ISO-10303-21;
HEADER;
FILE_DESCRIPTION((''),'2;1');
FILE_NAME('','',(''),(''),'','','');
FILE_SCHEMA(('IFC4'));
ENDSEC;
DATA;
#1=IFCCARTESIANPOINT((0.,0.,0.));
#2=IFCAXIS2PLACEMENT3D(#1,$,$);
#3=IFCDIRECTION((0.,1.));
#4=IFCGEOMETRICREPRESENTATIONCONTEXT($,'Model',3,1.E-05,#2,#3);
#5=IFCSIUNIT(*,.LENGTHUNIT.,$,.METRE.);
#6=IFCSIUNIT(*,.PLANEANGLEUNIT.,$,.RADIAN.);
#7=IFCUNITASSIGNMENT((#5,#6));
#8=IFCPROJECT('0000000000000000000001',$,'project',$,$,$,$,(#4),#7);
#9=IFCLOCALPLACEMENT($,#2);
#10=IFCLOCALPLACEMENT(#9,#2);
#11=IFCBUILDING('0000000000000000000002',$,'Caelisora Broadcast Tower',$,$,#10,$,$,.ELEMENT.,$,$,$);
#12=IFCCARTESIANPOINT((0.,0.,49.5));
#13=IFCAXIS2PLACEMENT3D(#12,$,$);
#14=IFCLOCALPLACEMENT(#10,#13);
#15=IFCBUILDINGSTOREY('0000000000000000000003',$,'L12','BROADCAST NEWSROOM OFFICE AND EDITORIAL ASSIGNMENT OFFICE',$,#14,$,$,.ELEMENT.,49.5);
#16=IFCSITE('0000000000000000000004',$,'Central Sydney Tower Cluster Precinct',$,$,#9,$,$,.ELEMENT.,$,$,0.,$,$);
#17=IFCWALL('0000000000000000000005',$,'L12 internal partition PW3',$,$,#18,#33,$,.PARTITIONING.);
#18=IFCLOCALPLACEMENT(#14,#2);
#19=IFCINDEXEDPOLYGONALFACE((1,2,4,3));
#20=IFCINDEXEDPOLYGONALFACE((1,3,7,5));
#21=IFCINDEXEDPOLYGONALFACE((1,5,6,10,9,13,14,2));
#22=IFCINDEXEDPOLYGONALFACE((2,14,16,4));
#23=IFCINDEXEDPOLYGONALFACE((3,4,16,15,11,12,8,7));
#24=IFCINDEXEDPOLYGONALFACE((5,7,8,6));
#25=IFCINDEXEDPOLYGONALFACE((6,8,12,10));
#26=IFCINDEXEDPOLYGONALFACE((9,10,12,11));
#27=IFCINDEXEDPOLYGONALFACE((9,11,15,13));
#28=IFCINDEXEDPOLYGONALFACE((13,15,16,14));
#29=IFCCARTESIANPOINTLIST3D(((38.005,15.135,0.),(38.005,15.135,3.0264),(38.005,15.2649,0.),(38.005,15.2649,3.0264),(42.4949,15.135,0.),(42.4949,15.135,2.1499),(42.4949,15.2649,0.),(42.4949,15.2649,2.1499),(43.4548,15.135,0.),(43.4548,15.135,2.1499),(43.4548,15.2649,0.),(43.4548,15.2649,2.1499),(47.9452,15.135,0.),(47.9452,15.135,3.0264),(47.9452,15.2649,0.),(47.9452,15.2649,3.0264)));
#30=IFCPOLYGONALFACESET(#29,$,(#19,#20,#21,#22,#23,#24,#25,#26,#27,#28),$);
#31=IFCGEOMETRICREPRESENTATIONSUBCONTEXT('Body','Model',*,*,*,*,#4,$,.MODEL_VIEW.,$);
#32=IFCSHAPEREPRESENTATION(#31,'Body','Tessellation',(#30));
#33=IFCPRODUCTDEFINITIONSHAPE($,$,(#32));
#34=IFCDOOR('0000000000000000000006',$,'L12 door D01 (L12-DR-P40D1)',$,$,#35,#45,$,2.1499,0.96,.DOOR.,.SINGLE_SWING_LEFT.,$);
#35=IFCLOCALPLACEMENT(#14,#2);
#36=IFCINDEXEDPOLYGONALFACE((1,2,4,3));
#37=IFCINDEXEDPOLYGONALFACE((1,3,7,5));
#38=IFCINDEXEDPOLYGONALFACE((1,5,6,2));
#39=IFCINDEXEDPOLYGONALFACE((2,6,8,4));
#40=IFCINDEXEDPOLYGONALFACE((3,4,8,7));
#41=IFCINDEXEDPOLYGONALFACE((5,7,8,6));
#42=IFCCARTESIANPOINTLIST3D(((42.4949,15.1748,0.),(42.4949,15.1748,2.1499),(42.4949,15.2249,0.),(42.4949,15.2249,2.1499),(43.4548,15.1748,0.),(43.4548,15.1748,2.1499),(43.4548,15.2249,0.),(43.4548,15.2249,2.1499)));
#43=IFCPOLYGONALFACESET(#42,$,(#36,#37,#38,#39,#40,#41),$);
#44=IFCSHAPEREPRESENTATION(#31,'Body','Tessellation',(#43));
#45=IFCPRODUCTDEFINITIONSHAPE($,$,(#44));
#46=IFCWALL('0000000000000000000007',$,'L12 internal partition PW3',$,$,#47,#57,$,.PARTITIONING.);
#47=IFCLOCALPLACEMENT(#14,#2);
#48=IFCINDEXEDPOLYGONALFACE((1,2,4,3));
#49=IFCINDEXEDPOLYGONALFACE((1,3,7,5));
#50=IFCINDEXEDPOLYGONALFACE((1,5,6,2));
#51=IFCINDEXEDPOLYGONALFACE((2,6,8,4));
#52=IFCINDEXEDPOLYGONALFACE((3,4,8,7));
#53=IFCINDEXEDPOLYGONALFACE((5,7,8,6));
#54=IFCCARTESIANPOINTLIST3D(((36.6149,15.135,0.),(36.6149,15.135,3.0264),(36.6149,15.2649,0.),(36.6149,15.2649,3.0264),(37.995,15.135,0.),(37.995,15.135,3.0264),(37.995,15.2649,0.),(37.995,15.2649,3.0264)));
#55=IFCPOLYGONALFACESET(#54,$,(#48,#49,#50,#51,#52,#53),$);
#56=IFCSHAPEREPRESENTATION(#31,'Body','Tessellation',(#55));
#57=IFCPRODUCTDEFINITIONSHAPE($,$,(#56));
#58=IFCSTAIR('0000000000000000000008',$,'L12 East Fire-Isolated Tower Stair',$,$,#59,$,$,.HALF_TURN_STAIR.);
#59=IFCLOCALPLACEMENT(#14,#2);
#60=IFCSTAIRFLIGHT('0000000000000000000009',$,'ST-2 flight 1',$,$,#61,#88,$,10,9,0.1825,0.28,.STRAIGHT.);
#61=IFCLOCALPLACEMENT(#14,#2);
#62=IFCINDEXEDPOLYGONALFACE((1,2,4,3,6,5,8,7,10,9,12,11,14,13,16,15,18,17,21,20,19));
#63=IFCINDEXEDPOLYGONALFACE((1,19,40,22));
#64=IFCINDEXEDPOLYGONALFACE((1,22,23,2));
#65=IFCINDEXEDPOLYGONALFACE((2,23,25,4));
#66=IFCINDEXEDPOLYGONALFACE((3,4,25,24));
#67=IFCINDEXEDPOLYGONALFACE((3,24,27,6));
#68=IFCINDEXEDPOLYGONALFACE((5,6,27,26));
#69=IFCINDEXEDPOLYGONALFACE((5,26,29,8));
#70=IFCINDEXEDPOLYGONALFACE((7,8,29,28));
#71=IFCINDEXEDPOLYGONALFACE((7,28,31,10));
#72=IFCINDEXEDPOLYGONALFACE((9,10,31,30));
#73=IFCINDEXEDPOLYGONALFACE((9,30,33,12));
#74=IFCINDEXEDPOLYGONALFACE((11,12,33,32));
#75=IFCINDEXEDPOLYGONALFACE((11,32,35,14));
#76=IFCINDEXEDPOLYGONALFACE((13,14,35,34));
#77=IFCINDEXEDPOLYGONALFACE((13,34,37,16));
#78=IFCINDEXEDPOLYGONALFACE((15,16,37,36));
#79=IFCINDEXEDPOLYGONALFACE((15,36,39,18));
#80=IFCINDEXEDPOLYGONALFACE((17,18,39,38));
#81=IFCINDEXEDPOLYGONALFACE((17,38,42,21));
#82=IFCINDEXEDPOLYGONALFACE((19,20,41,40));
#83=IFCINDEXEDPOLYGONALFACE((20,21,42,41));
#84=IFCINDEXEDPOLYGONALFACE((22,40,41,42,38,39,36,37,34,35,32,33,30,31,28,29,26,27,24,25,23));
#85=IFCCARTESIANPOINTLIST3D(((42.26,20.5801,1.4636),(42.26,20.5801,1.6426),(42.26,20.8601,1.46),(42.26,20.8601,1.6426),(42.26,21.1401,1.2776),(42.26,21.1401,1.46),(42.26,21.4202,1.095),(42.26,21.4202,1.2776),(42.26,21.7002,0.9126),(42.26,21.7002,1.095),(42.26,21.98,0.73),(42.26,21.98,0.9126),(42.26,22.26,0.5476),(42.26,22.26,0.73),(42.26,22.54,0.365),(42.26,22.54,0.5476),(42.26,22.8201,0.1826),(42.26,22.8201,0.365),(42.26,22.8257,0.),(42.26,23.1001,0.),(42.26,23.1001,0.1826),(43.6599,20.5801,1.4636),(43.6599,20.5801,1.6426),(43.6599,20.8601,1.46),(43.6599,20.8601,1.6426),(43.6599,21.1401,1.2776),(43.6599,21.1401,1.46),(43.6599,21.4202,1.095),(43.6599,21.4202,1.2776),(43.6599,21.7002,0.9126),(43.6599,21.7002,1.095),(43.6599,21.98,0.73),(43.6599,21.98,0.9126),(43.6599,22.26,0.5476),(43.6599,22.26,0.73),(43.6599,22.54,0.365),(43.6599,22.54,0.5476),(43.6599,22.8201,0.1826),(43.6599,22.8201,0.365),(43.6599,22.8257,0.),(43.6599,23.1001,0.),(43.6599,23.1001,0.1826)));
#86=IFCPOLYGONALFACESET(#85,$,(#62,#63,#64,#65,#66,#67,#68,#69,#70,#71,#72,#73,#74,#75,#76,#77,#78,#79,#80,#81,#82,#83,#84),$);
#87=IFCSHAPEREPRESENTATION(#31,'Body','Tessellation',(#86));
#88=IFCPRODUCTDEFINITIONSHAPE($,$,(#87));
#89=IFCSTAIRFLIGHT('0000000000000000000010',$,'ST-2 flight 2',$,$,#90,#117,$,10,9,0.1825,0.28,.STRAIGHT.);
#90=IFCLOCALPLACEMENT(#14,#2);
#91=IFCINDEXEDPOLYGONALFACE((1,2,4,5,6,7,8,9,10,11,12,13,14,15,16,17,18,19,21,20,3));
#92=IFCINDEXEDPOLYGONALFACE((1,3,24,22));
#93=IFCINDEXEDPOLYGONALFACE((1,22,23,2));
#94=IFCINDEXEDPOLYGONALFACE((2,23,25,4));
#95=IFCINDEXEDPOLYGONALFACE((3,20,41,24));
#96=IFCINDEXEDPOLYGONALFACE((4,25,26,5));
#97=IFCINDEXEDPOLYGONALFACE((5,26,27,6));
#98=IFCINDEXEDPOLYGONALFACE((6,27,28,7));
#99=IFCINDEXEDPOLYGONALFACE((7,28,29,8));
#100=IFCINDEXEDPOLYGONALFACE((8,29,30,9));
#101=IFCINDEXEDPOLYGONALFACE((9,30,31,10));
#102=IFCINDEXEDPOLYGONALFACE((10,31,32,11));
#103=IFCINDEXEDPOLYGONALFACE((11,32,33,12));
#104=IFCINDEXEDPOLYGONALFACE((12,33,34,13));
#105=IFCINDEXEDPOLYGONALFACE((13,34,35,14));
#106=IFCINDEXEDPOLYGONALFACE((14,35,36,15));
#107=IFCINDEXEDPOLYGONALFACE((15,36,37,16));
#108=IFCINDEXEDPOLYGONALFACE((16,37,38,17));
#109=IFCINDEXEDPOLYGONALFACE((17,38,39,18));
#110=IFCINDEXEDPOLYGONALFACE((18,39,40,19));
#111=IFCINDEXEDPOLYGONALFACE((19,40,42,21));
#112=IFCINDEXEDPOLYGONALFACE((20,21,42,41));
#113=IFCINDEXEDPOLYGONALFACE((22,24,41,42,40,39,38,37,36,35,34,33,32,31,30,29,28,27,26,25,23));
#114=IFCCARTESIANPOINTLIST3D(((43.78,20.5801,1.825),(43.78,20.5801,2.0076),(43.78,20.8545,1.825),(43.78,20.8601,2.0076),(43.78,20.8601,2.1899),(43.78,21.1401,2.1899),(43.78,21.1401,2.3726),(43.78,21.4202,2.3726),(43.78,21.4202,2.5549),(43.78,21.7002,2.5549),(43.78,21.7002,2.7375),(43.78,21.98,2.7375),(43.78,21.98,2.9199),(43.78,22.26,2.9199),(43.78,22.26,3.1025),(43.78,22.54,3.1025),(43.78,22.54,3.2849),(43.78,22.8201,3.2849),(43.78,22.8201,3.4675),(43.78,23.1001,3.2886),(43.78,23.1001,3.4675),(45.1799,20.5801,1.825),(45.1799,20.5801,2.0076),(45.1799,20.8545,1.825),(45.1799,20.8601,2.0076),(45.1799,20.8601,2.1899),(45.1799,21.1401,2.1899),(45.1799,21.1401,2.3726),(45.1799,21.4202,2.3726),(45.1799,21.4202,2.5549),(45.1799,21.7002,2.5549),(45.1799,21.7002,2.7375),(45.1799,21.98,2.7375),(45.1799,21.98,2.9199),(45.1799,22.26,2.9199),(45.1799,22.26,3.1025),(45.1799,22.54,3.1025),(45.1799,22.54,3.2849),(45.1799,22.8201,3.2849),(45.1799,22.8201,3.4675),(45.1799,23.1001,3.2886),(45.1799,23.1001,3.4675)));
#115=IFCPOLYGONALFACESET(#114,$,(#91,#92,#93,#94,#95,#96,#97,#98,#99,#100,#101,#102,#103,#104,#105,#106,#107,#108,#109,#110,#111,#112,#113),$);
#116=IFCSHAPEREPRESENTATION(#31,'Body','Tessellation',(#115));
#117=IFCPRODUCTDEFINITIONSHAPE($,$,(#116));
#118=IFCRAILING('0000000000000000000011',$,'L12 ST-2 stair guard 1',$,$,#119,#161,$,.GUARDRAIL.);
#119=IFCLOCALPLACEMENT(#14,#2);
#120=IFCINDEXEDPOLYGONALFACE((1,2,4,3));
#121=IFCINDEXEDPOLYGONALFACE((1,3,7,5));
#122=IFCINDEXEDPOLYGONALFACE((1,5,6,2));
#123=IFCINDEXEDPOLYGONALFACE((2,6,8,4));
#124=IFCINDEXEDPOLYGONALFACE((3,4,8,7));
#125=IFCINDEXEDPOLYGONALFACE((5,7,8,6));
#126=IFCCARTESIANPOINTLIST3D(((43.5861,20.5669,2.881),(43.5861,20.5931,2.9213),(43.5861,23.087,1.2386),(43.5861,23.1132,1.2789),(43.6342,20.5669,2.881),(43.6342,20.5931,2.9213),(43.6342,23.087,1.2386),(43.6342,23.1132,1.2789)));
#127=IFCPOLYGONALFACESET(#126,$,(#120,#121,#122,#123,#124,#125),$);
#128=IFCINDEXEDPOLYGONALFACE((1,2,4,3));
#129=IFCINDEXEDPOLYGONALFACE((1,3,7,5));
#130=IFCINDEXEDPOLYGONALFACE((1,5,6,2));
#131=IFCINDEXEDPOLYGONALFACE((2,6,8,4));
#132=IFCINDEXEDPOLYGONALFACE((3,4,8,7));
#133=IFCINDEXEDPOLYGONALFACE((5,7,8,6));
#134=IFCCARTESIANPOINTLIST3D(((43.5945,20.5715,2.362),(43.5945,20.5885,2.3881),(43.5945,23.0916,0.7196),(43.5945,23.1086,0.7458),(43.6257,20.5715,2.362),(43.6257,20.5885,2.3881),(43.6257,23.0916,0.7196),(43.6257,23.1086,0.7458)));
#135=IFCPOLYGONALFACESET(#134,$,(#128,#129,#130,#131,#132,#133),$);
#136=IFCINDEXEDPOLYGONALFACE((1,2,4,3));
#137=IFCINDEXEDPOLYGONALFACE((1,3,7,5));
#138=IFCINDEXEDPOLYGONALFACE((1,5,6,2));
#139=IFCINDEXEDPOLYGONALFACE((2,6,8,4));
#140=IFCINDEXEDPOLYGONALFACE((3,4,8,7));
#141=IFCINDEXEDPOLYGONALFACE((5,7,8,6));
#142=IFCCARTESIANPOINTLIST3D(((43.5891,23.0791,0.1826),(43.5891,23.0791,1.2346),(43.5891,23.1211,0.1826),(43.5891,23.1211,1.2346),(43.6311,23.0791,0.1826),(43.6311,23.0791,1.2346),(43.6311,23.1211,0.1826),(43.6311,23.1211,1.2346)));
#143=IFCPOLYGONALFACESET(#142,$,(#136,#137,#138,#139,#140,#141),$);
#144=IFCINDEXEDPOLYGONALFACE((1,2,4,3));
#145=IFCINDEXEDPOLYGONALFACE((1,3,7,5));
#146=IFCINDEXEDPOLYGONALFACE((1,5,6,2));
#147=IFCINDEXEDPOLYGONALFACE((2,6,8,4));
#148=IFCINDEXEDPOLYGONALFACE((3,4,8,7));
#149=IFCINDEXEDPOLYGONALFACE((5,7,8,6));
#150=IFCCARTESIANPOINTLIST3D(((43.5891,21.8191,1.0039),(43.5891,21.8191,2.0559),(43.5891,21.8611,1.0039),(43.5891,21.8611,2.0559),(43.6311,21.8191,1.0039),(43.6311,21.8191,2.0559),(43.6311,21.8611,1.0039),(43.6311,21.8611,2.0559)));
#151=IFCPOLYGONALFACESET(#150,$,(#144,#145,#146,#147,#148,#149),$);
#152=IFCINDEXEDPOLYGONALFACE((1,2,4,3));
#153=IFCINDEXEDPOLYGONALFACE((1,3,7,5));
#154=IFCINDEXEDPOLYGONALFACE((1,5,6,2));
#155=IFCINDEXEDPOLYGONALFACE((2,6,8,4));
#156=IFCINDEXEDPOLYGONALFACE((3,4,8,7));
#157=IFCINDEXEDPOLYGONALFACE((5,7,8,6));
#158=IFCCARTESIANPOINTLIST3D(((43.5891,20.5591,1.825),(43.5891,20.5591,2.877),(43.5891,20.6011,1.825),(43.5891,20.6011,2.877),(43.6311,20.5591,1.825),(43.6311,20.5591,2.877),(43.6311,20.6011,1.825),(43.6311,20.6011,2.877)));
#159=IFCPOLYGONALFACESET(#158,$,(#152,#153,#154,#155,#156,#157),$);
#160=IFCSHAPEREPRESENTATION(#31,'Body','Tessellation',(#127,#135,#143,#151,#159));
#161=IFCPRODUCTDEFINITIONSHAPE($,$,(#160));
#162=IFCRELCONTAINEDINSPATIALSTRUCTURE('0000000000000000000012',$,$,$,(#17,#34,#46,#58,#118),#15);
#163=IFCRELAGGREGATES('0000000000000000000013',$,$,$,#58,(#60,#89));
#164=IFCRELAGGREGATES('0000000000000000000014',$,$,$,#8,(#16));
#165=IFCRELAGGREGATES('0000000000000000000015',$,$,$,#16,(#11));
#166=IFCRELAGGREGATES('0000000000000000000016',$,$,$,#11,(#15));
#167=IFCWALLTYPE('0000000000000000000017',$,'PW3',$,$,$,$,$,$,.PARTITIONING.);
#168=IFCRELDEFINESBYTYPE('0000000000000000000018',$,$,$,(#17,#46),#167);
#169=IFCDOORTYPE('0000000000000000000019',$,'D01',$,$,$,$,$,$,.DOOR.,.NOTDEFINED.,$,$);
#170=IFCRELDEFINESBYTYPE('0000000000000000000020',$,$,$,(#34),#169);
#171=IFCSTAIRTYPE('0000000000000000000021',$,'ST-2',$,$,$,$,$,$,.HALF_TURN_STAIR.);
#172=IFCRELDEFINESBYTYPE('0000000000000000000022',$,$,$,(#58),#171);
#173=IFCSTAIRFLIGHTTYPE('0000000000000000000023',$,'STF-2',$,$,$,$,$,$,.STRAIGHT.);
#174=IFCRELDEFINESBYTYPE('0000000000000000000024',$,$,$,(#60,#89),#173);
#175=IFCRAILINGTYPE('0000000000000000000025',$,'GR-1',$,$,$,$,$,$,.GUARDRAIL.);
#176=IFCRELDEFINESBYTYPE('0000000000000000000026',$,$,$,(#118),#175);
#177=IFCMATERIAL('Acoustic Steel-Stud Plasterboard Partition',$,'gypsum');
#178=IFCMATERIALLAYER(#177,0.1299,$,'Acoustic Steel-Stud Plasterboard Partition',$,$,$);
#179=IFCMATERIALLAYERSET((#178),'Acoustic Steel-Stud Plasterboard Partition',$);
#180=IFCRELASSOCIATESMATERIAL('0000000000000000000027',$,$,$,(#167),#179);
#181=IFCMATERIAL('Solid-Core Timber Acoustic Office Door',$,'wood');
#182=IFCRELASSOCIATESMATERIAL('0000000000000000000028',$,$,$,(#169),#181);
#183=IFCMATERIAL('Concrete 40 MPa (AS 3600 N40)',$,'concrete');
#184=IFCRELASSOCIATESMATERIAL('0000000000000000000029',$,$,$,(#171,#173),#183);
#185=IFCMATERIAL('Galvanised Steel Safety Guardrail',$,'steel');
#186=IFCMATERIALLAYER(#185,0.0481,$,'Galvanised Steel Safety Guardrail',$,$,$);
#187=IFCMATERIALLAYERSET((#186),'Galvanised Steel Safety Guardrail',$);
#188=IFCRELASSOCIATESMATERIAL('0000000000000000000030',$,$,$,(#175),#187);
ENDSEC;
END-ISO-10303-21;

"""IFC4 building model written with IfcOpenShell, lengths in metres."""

from ifc_helpers import new_model, si_unit, direction, frame, frame_2d, origin, origin_2d, place, context, subcontext, project, spatial, polyline, rectangle, outline, extrude, material, layer, layer_set, type_object, element, fill, aggregate, save


model = new_model("IFC4")

# Units and contexts
model_context = context("Model", 3, precision=1e-05, world=origin(), true_north=direction((0.0, 1.0)))
body_context = subcontext(model_context, "Body", "Model", "MODEL_VIEW")
ifc_project = project(units=[si_unit("LENGTHUNIT", "METRE"), si_unit("PLANEANGLEUNIT", "RADIAN")], contexts=[model_context])

# Site, building, storey
site_placement = place(None, origin())
site = spatial("IfcSite", under=ifc_project, at=site_placement, Name="Central Sydney Tower Cluster Precinct", CompositionType="ELEMENT", RefElevation=0.0)
building_placement = place(site_placement, origin())
building = spatial("IfcBuilding", under=site, at=building_placement, Name="Caelisora Broadcast Tower", CompositionType="ELEMENT")
storey_placement = place(building_placement, frame((0.0, 0.0, 49.5)))
storey = spatial("IfcBuildingStorey", under=building, at=storey_placement, Name="L12", Description="BROADCAST NEWSROOM OFFICE AND EDITORIAL ASSIGNMENT OFFICE", CompositionType="ELEMENT", Elevation=49.5)

# Wall, opening, door
ifc_material_1 = material(Name="Acoustic Steel-Stud Plasterboard Partition", Category="gypsum")
ifc_layer_1 = layer(ifc_material_1, 0.1299, Name="Acoustic Steel-Stud Plasterboard Partition")
ifc_layer_set_1 = layer_set([ifc_layer_1], Name="Acoustic Steel-Stud Plasterboard Partition")
wall_type_1 = type_object("IfcWallType", Name="PW3", PredefinedType="PARTITIONING", material=ifc_layer_set_1)
wall_1_placement = place(storey_placement, frame((38.0049, 15.2, 0.0), z_axis=(0.0, 0.0, 1.0), x_axis=(1.0, 0.0, 0.0)))
wall_1 = element("IfcWall", 1, at=wall_1_placement, inside=storey, type_object=wall_type_1, Name="L12 internal partition PW3", PredefinedType="PARTITIONING", context=body_context, shape_type="SweptSolid", body=[
    extrude(rectangle(XDim=9.9402, YDim=0.1299, at=frame_2d((4.9702, 0.0))), origin(), (0.0, 0.0, 1.0), 3.0264),
])
opening_1_placement = place(wall_1_placement, frame((4.49, 0.0, 0.0)))
opening_1 = element("IfcOpeningElement", 2, at=opening_1_placement, cuts=wall_1, PredefinedType="OPENING", context=body_context, shape_type="SweptSolid", body=[
    extrude(rectangle(XDim=0.96, YDim=2.1499, at=frame_2d((0.48, 1.075))), frame((0.0, 0.0769, 0.0), z_axis=(0.0, -1.0, 0.0), x_axis=(1.0, 0.0, 0.0)), (0.0, 0.0, 1.0), 0.1538),
])
ifc_material_2 = material(Name="Solid-Core Timber Acoustic Office Door", Category="wood")
door_type_1 = type_object("IfcDoorType", Name="D01", OperationType="NOTDEFINED", PredefinedType="DOOR", material=ifc_material_2)
door_1_placement = place(opening_1_placement, origin())
door_1 = element("IfcDoor", 3, at=door_1_placement, inside=storey, type_object=door_type_1, Name="L12 door D01 (L12-DR-P40D1)", OperationType="SINGLE_SWING_LEFT", OverallHeight=2.1499, OverallWidth=0.96, PredefinedType="DOOR", context=body_context, shape_type="SweptSolid", body=[
    extrude(rectangle(XDim=0.96, YDim=2.1499, at=frame_2d((0.48, 1.075))), frame((0.0, 0.0249, 0.0), z_axis=(0.0, -1.0, 0.0), x_axis=(1.0, 0.0, 0.0)), (0.0, 0.0, 1.0), 0.05),
])
fill(opening_1, door_1)

# Wall
wall_2_placement = place(storey_placement, frame((36.615, 15.2, 0.0), z_axis=(0.0, 0.0, 1.0), x_axis=(1.0, 0.0, 0.0)))
element("IfcWall", 4, at=wall_2_placement, inside=storey, type_object=wall_type_1, Name="L12 internal partition PW3", PredefinedType="PARTITIONING", context=body_context, shape_type="SweptSolid", body=[
    extrude(rectangle(XDim=1.3801, YDim=0.1299, at=frame_2d((0.6899, 0.0))), origin(), (0.0, 0.0, 1.0), 3.0264),
])

# Stair, stair flights
ifc_material_3 = material(Name="Concrete 40 MPa (AS 3600 N40)", Category="concrete")
stair_type = type_object("IfcStairType", Name="ST-2", PredefinedType="HALF_TURN_STAIR", material=ifc_material_3)
stair_placement = place(storey_placement, origin())
stair = element("IfcStair", 5, at=stair_placement, inside=storey, type_object=stair_type, Name="L12 East Fire-Isolated Tower Stair", PredefinedType="HALF_TURN_STAIR")
stair_flight_type = type_object("IfcStairFlightType", Name="STF-2", PredefinedType="STRAIGHT", material=ifc_material_3)
stair_flight_1_placement = place(storey_placement, frame((42.96, 23.1001, 0.0), z_axis=(0.0, 0.0, 1.0), x_axis=(0.0, -1.0, 0.0)))
stair_flight_1 = element("IfcStairFlight", 6, at=stair_flight_1_placement, type_object=stair_flight_type, Name="ST-2 flight 1", NumberOfRisers=10, NumberOfTreads=9, PredefinedType="STRAIGHT", RiserHeight=0.1825, TreadLength=0.28, context=body_context, shape_type="SweptSolid", body=[
    extrude(outline(polyline([(0.0, 0.0), (0.0, 0.1826), (0.28, 0.1826), (0.28, 0.365), (0.5601, 0.365), (0.5601, 0.5476), (0.8401, 0.5476), (0.8401, 0.73), (1.1201, 0.73), (1.1201, 0.9126), (1.3999, 0.9126), (1.3999, 1.095), (1.6799, 1.095), (1.6799, 1.2776), (1.96, 1.2776), (1.96, 1.46), (2.24, 1.46), (2.24, 1.6426), (2.52, 1.6426), (2.52, 1.825), (2.52, 1.4636), (0.2744, 0.0), (0.0, 0.0)])), frame((0.0, 0.7, 0.0), z_axis=(0.0, -1.0, 0.0), x_axis=(1.0, 0.0, 0.0)), (0.0, 0.0, 1.0), 1.3999),
])
stair_flight_2_placement = place(storey_placement, frame((44.48, 20.5801, 1.825), z_axis=(0.0, 0.0, 1.0), x_axis=(0.0, 1.0, 0.0)))
stair_flight_2 = element("IfcStairFlight", 7, at=stair_flight_2_placement, type_object=stair_flight_type, Name="ST-2 flight 2", NumberOfRisers=10, NumberOfTreads=9, PredefinedType="STRAIGHT", RiserHeight=0.1825, TreadLength=0.28, context=body_context, shape_type="SweptSolid", body=[
    extrude(outline(polyline([(0.0, 0.0), (0.0, 0.1826), (0.28, 0.1826), (0.28, 0.365), (0.5601, 0.365), (0.5601, 0.5476), (0.8401, 0.5476), (0.8401, 0.73), (1.1201, 0.73), (1.1201, 0.9126), (1.3999, 0.9126), (1.3999, 1.095), (1.6799, 1.095), (1.6799, 1.2776), (1.96, 1.2776), (1.96, 1.46), (2.24, 1.46), (2.24, 1.6426), (2.52, 1.6426), (2.52, 1.825), (2.52, 1.4636), (0.2744, 0.0), (0.0, 0.0)])), frame((0.0, 0.7, 0.0), z_axis=(0.0, -1.0, 0.0), x_axis=(1.0, 0.0, 0.0)), (0.0, 0.0, 1.0), 1.3999),
])
aggregate(stair, [stair_flight_1, stair_flight_2])

# Railing
ifc_material_4 = material(Name="Galvanised Steel Safety Guardrail", Category="steel")
ifc_layer_2 = layer(ifc_material_4, 0.0481, Name="Galvanised Steel Safety Guardrail")
ifc_layer_set_2 = layer_set([ifc_layer_2], Name="Galvanised Steel Safety Guardrail")
railing_type_1 = type_object("IfcRailingType", Name="GR-1", PredefinedType="GUARDRAIL", material=ifc_layer_set_2)
railing_1_placement = place(storey_placement, frame((43.6101, 23.1001, 0.1826)))
element("IfcRailing", 8, at=railing_1_placement, inside=storey, type_object=railing_type_1, Name="L12 ST-2 stair guard 1", PredefinedType="GUARDRAIL", context=body_context, shape_type="SweptSolid", body=[
    extrude(rectangle(XDim=0.0481, YDim=0.0481, at=origin_2d()), frame((0.0, 0.0, 1.0762), z_axis=(0.0, -0.837787, 0.545998), x_axis=(1.0, 0.0, 0.0)), (0.0, 0.0, 1.0), 3.0081),
    extrude(rectangle(XDim=0.0312, YDim=0.0312, at=origin_2d()), frame((0.0, 0.0, 0.55), z_axis=(0.0, -0.837787, 0.545998), x_axis=(1.0, 0.0, 0.0)), (0.0, 0.0, 1.0), 3.0081),
    extrude(rectangle(XDim=0.042, YDim=0.042, at=origin_2d()), origin(), (0.0, 0.0, 1.0), 1.052),
    extrude(rectangle(XDim=0.042, YDim=0.042, at=origin_2d()), frame((0.0, -1.26, 0.8213)), (0.0, 0.0, 1.0), 1.052),
    extrude(rectangle(XDim=0.042, YDim=0.042, at=origin_2d()), frame((0.0, -2.52, 1.6423)), (0.0, 0.0, 1.0), 1.052),
])

save(model, "model.ifc")
